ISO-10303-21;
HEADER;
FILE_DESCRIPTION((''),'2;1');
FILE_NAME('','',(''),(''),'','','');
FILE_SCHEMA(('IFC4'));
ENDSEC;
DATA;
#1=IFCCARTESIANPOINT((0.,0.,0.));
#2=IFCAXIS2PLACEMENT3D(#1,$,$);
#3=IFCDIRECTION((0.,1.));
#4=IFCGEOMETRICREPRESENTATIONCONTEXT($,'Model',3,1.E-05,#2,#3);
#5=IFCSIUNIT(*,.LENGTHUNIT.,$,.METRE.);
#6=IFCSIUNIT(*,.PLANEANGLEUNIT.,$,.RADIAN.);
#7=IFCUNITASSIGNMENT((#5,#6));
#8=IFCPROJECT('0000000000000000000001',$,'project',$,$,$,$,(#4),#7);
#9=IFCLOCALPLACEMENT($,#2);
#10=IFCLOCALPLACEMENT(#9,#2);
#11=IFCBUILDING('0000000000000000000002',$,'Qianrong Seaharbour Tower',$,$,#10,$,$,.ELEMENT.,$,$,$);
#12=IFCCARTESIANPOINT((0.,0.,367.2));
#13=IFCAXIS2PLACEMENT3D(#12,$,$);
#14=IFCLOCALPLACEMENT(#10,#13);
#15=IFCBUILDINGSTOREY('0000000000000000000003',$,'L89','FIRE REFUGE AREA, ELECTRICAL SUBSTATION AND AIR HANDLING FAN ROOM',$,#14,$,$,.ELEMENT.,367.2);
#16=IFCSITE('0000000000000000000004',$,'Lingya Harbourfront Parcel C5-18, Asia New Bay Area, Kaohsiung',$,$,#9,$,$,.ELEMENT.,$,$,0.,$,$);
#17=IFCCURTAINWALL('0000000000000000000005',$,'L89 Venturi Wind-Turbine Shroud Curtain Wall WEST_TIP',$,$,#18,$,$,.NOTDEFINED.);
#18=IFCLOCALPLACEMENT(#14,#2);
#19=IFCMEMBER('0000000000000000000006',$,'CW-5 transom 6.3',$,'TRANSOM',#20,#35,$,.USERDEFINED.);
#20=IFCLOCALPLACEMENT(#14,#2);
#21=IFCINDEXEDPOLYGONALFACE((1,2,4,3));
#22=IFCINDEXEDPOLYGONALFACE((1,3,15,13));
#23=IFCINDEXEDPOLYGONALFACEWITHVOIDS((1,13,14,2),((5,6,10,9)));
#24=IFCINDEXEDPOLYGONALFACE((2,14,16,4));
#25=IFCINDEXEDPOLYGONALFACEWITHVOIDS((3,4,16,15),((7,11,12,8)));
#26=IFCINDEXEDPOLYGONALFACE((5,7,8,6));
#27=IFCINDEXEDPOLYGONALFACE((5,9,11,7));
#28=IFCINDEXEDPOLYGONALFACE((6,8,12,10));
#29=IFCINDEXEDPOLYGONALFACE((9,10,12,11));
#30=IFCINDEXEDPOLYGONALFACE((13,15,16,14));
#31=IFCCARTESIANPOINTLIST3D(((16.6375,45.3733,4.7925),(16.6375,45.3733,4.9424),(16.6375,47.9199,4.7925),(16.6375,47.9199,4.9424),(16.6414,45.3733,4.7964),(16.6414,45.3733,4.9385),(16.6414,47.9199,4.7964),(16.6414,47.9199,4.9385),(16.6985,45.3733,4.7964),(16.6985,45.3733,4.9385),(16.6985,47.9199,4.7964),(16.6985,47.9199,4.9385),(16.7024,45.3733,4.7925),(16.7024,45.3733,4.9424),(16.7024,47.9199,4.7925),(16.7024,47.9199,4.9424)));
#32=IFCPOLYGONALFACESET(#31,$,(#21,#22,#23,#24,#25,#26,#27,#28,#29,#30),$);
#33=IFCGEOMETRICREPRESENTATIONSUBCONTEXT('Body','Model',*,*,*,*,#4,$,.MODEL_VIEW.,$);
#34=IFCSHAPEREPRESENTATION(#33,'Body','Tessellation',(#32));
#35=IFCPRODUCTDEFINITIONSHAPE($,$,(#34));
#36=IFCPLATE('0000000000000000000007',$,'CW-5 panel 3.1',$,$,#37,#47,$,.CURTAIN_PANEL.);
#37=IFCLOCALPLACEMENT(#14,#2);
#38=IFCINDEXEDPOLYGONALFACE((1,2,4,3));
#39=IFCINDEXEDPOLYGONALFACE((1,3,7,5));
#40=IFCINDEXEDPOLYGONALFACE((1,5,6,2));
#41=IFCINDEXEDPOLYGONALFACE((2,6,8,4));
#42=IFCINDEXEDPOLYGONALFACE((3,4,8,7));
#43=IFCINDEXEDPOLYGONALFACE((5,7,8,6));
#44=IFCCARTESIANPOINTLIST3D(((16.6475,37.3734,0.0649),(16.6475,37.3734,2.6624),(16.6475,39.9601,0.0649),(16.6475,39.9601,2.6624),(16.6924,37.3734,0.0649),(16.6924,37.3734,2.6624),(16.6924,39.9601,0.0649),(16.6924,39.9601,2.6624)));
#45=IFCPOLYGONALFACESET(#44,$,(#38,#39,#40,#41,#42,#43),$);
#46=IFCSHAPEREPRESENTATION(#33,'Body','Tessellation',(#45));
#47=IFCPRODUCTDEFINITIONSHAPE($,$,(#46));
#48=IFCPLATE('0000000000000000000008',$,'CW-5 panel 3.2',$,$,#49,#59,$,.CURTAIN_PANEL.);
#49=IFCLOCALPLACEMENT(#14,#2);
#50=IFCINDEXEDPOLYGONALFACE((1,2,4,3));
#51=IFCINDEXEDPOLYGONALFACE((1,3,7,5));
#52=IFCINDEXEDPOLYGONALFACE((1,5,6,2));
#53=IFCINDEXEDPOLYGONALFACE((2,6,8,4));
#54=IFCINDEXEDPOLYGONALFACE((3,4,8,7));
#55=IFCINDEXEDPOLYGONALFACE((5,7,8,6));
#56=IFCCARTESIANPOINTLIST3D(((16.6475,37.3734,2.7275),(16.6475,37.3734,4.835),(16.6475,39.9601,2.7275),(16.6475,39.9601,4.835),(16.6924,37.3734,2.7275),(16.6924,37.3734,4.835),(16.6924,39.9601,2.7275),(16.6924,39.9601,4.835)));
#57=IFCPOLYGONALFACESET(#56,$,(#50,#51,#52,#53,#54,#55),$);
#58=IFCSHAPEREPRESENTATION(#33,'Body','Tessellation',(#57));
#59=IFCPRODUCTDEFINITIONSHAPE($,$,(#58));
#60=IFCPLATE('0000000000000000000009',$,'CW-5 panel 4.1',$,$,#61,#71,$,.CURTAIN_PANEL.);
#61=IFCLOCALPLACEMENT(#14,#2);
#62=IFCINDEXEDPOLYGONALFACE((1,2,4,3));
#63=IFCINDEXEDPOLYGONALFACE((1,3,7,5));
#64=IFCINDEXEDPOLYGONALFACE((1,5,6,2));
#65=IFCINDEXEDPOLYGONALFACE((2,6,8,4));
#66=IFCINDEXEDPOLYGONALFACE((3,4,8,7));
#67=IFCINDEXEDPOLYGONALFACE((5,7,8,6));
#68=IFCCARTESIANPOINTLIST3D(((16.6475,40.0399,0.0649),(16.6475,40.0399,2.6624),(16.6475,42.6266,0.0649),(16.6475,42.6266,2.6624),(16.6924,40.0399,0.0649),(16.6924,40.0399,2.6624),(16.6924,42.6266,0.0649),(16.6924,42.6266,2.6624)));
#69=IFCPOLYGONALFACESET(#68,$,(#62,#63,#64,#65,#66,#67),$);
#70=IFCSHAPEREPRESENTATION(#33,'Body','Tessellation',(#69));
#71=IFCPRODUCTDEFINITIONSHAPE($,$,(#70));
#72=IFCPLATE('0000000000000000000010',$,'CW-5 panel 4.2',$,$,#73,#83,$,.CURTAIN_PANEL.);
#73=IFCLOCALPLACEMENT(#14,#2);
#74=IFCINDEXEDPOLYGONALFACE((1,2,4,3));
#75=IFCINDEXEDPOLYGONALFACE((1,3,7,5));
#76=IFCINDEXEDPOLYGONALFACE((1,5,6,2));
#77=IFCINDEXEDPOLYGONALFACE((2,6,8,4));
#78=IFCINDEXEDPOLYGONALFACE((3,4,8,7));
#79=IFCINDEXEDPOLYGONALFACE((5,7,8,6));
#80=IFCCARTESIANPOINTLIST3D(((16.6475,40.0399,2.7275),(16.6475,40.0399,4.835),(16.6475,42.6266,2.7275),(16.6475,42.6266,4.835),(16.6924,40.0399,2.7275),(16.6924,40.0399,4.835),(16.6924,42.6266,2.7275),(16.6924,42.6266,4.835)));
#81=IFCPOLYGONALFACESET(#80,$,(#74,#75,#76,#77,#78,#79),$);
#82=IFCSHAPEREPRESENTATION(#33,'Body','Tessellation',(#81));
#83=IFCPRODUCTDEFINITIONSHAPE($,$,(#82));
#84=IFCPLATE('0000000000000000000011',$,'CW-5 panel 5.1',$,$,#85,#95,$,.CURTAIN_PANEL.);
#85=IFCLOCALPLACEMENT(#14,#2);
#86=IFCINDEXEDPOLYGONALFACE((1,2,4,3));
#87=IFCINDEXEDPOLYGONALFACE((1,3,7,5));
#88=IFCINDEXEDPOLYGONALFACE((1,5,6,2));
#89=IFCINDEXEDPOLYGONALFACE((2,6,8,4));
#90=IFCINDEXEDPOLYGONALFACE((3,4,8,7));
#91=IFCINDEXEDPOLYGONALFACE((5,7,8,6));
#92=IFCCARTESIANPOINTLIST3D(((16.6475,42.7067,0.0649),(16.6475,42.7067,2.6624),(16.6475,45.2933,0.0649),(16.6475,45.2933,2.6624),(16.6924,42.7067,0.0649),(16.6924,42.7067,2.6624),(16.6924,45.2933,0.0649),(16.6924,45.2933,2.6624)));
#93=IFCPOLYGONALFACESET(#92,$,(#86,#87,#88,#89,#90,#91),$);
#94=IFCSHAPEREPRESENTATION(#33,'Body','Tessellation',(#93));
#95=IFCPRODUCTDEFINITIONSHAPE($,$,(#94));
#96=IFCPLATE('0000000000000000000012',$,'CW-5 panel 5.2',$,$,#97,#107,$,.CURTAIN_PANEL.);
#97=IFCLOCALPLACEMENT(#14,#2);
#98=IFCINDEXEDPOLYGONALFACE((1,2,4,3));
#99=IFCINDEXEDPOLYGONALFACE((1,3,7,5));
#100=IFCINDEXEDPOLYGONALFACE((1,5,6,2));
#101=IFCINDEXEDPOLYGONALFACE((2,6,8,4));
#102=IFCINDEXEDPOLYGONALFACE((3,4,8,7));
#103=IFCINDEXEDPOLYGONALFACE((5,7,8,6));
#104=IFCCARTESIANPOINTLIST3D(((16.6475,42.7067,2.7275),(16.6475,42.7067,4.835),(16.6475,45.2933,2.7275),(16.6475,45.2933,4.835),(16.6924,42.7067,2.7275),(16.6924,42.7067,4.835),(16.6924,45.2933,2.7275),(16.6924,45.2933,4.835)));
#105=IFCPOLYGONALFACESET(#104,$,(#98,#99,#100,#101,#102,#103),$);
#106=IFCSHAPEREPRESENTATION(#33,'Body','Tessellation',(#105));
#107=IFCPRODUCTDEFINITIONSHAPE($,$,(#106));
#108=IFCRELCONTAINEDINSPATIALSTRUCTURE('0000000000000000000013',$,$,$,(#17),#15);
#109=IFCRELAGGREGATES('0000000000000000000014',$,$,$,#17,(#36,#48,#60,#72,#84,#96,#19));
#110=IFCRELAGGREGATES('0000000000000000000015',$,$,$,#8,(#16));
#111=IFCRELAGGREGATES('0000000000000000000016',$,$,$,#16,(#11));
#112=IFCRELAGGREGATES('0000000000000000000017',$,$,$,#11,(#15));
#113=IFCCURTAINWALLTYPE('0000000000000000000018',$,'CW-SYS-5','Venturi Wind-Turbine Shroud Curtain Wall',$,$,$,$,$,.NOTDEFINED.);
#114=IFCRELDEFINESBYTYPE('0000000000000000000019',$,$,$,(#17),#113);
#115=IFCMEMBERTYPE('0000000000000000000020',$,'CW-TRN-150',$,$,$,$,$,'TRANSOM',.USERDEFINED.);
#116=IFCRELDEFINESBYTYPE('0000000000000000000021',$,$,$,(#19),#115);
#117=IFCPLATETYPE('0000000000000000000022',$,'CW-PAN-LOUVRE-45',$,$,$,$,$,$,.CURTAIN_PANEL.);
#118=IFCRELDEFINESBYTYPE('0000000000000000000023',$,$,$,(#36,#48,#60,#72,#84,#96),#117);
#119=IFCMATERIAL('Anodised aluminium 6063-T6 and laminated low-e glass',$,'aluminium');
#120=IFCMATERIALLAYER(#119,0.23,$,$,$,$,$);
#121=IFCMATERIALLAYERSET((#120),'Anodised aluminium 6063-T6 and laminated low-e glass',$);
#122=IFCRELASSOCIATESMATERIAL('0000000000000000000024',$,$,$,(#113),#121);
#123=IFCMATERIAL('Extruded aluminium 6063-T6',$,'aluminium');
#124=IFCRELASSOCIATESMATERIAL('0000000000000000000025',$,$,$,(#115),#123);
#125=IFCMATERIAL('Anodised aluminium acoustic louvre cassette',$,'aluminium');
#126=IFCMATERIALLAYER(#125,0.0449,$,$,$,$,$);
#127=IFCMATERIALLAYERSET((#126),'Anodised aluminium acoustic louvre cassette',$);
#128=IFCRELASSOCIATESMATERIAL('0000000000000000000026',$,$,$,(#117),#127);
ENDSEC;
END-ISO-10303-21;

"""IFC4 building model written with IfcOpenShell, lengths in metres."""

from ifc_helpers import new_model, si_unit, direction, frame, origin, origin_2d, place, context, subcontext, project, spatial, rectangle, hollow_rectangle, extrude, material, layer, layer_set, material_profile, profile_set, type_object, element, aggregate, save


model = new_model("IFC4")

# Units and contexts
model_context = context("Model", 3, precision=1e-05, world=origin(), true_north=direction((0.0, 1.0)))
body_context = subcontext(model_context, "Body", "Model", "MODEL_VIEW")
ifc_project = project(units=[si_unit("LENGTHUNIT", "METRE"), si_unit("PLANEANGLEUNIT", "RADIAN")], contexts=[model_context])

# Site, building, storey
site_placement = place(None, origin())
site = spatial("IfcSite", under=ifc_project, at=site_placement, Name="Lingya Harbourfront Parcel C5-18, Asia New Bay Area, Kaohsiung", CompositionType="ELEMENT", RefElevation=0.0)
building_placement = place(site_placement, origin())
building = spatial("IfcBuilding", under=site, at=building_placement, Name="Qianrong Seaharbour Tower", CompositionType="ELEMENT")
storey_placement = place(building_placement, frame((0.0, 0.0, 367.2)))
storey = spatial("IfcBuildingStorey", under=building, at=storey_placement, Name="L89", Description="FIRE REFUGE AREA, ELECTRICAL SUBSTATION AND AIR HANDLING FAN ROOM", CompositionType="ELEMENT", Elevation=367.2)

# Curtain wall, member, plates
ifc_material_1 = material(Name="Anodised aluminium 6063-T6 and laminated low-e glass", Category="aluminium")
ifc_layer_1 = layer(ifc_material_1, 0.23)
ifc_layer_set_1 = layer_set([ifc_layer_1], Name="Anodised aluminium 6063-T6 and laminated low-e glass")
curtain_wall_type = type_object("IfcCurtainWallType", Name="CW-SYS-5", Description="Venturi Wind-Turbine Shroud Curtain Wall", PredefinedType="NOTDEFINED", material=ifc_layer_set_1)
curtain_wall_placement = place(storey_placement, origin())
curtain_wall = element("IfcCurtainWall", 1, at=curtain_wall_placement, inside=storey, type_object=curtain_wall_type, Name="L89 Venturi Wind-Turbine Shroud Curtain Wall WEST_TIP", PredefinedType="NOTDEFINED")
ifc_material_2 = material(Name="Extruded aluminium 6063-T6", Category="aluminium")
ifc_material_profile_1 = material_profile(ifc_material_2, hollow_rectangle(XDim=0.0649, YDim=0.1499, WallThickness=0.0039, at=origin_2d()), Name="ALU-TRN-150x65x4")
ifc_profile_set_1 = profile_set([ifc_material_profile_1], Name="Extruded aluminium 6063-T6")
member_type_1 = type_object("IfcMemberType", Name="CW-TRN-150", ElementType="TRANSOM", PredefinedType="USERDEFINED", material=ifc_profile_set_1)
member_1_placement = place(storey_placement, frame((16.6699, 45.3733, 4.8674), z_axis=(0.0, 1.0, 0.0), x_axis=(-1.0, 0.0, 0.0)))
member_1 = element("IfcMember", 2, at=member_1_placement, type_object=member_type_1, Name="CW-5 transom 6.3", ObjectType="TRANSOM", PredefinedType="USERDEFINED", context=body_context, shape_type="SweptSolid", body=[
    extrude(hollow_rectangle(XDim=0.0649, YDim=0.1499, WallThickness=0.0039, at=origin_2d()), origin(), (0.0, 0.0, 1.0), 2.5466),
])
ifc_material_3 = material(Name="Anodised aluminium acoustic louvre cassette", Category="aluminium")
ifc_layer_2 = layer(ifc_material_3, 0.0449)
ifc_layer_set_2 = layer_set([ifc_layer_2], Name="Anodised aluminium acoustic louvre cassette")
plate_type = type_object("IfcPlateType", Name="CW-PAN-LOUVRE-45", PredefinedType="CURTAIN_PANEL", material=ifc_layer_set_2)
plate_1_placement = place(storey_placement, frame((16.6699, 38.6667, 0.0649), z_axis=(0.0, 0.0, 1.0), x_axis=(0.0, 1.0, 0.0)))
plate_1 = element("IfcPlate", 3, at=plate_1_placement, type_object=plate_type, Name="CW-5 panel 3.1", PredefinedType="CURTAIN_PANEL", context=body_context, shape_type="SweptSolid", body=[
    extrude(rectangle(XDim=2.5867, YDim=0.0449, at=origin_2d()), origin(), (0.0, 0.0, 1.0), 2.5974),
])
plate_2_placement = place(storey_placement, frame((16.6699, 38.6667, 2.7275), z_axis=(0.0, 0.0, 1.0), x_axis=(0.0, 1.0, 0.0)))
plate_2 = element("IfcPlate", 4, at=plate_2_placement, type_object=plate_type, Name="CW-5 panel 3.2", PredefinedType="CURTAIN_PANEL", context=body_context, shape_type="SweptSolid", body=[
    extrude(rectangle(XDim=2.5867, YDim=0.0449, at=origin_2d()), origin(), (0.0, 0.0, 1.0), 2.1074),
])
plate_3_placement = place(storey_placement, frame((16.6699, 41.3333, 0.0649), z_axis=(0.0, 0.0, 1.0), x_axis=(0.0, 1.0, 0.0)))
plate_3 = element("IfcPlate", 5, at=plate_3_placement, type_object=plate_type, Name="CW-5 panel 4.1", PredefinedType="CURTAIN_PANEL", context=body_context, shape_type="SweptSolid", body=[
    extrude(rectangle(XDim=2.5867, YDim=0.0449, at=origin_2d()), origin(), (0.0, 0.0, 1.0), 2.5974),
])
plate_4_placement = place(storey_placement, frame((16.6699, 41.3333, 2.7275), z_axis=(0.0, 0.0, 1.0), x_axis=(0.0, 1.0, 0.0)))
plate_4 = element("IfcPlate", 6, at=plate_4_placement, type_object=plate_type, Name="CW-5 panel 4.2", PredefinedType="CURTAIN_PANEL", context=body_context, shape_type="SweptSolid", body=[
    extrude(rectangle(XDim=2.5867, YDim=0.0449, at=origin_2d()), origin(), (0.0, 0.0, 1.0), 2.1074),
])
plate_5_placement = place(storey_placement, frame((16.6699, 44.0, 0.0649), z_axis=(0.0, 0.0, 1.0), x_axis=(0.0, 1.0, 0.0)))
plate_5 = element("IfcPlate", 7, at=plate_5_placement, type_object=plate_type, Name="CW-5 panel 5.1", PredefinedType="CURTAIN_PANEL", context=body_context, shape_type="SweptSolid", body=[
    extrude(rectangle(XDim=2.5867, YDim=0.0449, at=origin_2d()), origin(), (0.0, 0.0, 1.0), 2.5974),
])
plate_6_placement = place(storey_placement, frame((16.6699, 44.0, 2.7275), z_axis=(0.0, 0.0, 1.0), x_axis=(0.0, 1.0, 0.0)))
plate_6 = element("IfcPlate", 8, at=plate_6_placement, type_object=plate_type, Name="CW-5 panel 5.2", PredefinedType="CURTAIN_PANEL", context=body_context, shape_type="SweptSolid", body=[
    extrude(rectangle(XDim=2.5867, YDim=0.0449, at=origin_2d()), origin(), (0.0, 0.0, 1.0), 2.1074),
])
aggregate(curtain_wall, [plate_1, plate_2, plate_3, plate_4, plate_5, plate_6, member_1])

save(model, "model.ifc")
